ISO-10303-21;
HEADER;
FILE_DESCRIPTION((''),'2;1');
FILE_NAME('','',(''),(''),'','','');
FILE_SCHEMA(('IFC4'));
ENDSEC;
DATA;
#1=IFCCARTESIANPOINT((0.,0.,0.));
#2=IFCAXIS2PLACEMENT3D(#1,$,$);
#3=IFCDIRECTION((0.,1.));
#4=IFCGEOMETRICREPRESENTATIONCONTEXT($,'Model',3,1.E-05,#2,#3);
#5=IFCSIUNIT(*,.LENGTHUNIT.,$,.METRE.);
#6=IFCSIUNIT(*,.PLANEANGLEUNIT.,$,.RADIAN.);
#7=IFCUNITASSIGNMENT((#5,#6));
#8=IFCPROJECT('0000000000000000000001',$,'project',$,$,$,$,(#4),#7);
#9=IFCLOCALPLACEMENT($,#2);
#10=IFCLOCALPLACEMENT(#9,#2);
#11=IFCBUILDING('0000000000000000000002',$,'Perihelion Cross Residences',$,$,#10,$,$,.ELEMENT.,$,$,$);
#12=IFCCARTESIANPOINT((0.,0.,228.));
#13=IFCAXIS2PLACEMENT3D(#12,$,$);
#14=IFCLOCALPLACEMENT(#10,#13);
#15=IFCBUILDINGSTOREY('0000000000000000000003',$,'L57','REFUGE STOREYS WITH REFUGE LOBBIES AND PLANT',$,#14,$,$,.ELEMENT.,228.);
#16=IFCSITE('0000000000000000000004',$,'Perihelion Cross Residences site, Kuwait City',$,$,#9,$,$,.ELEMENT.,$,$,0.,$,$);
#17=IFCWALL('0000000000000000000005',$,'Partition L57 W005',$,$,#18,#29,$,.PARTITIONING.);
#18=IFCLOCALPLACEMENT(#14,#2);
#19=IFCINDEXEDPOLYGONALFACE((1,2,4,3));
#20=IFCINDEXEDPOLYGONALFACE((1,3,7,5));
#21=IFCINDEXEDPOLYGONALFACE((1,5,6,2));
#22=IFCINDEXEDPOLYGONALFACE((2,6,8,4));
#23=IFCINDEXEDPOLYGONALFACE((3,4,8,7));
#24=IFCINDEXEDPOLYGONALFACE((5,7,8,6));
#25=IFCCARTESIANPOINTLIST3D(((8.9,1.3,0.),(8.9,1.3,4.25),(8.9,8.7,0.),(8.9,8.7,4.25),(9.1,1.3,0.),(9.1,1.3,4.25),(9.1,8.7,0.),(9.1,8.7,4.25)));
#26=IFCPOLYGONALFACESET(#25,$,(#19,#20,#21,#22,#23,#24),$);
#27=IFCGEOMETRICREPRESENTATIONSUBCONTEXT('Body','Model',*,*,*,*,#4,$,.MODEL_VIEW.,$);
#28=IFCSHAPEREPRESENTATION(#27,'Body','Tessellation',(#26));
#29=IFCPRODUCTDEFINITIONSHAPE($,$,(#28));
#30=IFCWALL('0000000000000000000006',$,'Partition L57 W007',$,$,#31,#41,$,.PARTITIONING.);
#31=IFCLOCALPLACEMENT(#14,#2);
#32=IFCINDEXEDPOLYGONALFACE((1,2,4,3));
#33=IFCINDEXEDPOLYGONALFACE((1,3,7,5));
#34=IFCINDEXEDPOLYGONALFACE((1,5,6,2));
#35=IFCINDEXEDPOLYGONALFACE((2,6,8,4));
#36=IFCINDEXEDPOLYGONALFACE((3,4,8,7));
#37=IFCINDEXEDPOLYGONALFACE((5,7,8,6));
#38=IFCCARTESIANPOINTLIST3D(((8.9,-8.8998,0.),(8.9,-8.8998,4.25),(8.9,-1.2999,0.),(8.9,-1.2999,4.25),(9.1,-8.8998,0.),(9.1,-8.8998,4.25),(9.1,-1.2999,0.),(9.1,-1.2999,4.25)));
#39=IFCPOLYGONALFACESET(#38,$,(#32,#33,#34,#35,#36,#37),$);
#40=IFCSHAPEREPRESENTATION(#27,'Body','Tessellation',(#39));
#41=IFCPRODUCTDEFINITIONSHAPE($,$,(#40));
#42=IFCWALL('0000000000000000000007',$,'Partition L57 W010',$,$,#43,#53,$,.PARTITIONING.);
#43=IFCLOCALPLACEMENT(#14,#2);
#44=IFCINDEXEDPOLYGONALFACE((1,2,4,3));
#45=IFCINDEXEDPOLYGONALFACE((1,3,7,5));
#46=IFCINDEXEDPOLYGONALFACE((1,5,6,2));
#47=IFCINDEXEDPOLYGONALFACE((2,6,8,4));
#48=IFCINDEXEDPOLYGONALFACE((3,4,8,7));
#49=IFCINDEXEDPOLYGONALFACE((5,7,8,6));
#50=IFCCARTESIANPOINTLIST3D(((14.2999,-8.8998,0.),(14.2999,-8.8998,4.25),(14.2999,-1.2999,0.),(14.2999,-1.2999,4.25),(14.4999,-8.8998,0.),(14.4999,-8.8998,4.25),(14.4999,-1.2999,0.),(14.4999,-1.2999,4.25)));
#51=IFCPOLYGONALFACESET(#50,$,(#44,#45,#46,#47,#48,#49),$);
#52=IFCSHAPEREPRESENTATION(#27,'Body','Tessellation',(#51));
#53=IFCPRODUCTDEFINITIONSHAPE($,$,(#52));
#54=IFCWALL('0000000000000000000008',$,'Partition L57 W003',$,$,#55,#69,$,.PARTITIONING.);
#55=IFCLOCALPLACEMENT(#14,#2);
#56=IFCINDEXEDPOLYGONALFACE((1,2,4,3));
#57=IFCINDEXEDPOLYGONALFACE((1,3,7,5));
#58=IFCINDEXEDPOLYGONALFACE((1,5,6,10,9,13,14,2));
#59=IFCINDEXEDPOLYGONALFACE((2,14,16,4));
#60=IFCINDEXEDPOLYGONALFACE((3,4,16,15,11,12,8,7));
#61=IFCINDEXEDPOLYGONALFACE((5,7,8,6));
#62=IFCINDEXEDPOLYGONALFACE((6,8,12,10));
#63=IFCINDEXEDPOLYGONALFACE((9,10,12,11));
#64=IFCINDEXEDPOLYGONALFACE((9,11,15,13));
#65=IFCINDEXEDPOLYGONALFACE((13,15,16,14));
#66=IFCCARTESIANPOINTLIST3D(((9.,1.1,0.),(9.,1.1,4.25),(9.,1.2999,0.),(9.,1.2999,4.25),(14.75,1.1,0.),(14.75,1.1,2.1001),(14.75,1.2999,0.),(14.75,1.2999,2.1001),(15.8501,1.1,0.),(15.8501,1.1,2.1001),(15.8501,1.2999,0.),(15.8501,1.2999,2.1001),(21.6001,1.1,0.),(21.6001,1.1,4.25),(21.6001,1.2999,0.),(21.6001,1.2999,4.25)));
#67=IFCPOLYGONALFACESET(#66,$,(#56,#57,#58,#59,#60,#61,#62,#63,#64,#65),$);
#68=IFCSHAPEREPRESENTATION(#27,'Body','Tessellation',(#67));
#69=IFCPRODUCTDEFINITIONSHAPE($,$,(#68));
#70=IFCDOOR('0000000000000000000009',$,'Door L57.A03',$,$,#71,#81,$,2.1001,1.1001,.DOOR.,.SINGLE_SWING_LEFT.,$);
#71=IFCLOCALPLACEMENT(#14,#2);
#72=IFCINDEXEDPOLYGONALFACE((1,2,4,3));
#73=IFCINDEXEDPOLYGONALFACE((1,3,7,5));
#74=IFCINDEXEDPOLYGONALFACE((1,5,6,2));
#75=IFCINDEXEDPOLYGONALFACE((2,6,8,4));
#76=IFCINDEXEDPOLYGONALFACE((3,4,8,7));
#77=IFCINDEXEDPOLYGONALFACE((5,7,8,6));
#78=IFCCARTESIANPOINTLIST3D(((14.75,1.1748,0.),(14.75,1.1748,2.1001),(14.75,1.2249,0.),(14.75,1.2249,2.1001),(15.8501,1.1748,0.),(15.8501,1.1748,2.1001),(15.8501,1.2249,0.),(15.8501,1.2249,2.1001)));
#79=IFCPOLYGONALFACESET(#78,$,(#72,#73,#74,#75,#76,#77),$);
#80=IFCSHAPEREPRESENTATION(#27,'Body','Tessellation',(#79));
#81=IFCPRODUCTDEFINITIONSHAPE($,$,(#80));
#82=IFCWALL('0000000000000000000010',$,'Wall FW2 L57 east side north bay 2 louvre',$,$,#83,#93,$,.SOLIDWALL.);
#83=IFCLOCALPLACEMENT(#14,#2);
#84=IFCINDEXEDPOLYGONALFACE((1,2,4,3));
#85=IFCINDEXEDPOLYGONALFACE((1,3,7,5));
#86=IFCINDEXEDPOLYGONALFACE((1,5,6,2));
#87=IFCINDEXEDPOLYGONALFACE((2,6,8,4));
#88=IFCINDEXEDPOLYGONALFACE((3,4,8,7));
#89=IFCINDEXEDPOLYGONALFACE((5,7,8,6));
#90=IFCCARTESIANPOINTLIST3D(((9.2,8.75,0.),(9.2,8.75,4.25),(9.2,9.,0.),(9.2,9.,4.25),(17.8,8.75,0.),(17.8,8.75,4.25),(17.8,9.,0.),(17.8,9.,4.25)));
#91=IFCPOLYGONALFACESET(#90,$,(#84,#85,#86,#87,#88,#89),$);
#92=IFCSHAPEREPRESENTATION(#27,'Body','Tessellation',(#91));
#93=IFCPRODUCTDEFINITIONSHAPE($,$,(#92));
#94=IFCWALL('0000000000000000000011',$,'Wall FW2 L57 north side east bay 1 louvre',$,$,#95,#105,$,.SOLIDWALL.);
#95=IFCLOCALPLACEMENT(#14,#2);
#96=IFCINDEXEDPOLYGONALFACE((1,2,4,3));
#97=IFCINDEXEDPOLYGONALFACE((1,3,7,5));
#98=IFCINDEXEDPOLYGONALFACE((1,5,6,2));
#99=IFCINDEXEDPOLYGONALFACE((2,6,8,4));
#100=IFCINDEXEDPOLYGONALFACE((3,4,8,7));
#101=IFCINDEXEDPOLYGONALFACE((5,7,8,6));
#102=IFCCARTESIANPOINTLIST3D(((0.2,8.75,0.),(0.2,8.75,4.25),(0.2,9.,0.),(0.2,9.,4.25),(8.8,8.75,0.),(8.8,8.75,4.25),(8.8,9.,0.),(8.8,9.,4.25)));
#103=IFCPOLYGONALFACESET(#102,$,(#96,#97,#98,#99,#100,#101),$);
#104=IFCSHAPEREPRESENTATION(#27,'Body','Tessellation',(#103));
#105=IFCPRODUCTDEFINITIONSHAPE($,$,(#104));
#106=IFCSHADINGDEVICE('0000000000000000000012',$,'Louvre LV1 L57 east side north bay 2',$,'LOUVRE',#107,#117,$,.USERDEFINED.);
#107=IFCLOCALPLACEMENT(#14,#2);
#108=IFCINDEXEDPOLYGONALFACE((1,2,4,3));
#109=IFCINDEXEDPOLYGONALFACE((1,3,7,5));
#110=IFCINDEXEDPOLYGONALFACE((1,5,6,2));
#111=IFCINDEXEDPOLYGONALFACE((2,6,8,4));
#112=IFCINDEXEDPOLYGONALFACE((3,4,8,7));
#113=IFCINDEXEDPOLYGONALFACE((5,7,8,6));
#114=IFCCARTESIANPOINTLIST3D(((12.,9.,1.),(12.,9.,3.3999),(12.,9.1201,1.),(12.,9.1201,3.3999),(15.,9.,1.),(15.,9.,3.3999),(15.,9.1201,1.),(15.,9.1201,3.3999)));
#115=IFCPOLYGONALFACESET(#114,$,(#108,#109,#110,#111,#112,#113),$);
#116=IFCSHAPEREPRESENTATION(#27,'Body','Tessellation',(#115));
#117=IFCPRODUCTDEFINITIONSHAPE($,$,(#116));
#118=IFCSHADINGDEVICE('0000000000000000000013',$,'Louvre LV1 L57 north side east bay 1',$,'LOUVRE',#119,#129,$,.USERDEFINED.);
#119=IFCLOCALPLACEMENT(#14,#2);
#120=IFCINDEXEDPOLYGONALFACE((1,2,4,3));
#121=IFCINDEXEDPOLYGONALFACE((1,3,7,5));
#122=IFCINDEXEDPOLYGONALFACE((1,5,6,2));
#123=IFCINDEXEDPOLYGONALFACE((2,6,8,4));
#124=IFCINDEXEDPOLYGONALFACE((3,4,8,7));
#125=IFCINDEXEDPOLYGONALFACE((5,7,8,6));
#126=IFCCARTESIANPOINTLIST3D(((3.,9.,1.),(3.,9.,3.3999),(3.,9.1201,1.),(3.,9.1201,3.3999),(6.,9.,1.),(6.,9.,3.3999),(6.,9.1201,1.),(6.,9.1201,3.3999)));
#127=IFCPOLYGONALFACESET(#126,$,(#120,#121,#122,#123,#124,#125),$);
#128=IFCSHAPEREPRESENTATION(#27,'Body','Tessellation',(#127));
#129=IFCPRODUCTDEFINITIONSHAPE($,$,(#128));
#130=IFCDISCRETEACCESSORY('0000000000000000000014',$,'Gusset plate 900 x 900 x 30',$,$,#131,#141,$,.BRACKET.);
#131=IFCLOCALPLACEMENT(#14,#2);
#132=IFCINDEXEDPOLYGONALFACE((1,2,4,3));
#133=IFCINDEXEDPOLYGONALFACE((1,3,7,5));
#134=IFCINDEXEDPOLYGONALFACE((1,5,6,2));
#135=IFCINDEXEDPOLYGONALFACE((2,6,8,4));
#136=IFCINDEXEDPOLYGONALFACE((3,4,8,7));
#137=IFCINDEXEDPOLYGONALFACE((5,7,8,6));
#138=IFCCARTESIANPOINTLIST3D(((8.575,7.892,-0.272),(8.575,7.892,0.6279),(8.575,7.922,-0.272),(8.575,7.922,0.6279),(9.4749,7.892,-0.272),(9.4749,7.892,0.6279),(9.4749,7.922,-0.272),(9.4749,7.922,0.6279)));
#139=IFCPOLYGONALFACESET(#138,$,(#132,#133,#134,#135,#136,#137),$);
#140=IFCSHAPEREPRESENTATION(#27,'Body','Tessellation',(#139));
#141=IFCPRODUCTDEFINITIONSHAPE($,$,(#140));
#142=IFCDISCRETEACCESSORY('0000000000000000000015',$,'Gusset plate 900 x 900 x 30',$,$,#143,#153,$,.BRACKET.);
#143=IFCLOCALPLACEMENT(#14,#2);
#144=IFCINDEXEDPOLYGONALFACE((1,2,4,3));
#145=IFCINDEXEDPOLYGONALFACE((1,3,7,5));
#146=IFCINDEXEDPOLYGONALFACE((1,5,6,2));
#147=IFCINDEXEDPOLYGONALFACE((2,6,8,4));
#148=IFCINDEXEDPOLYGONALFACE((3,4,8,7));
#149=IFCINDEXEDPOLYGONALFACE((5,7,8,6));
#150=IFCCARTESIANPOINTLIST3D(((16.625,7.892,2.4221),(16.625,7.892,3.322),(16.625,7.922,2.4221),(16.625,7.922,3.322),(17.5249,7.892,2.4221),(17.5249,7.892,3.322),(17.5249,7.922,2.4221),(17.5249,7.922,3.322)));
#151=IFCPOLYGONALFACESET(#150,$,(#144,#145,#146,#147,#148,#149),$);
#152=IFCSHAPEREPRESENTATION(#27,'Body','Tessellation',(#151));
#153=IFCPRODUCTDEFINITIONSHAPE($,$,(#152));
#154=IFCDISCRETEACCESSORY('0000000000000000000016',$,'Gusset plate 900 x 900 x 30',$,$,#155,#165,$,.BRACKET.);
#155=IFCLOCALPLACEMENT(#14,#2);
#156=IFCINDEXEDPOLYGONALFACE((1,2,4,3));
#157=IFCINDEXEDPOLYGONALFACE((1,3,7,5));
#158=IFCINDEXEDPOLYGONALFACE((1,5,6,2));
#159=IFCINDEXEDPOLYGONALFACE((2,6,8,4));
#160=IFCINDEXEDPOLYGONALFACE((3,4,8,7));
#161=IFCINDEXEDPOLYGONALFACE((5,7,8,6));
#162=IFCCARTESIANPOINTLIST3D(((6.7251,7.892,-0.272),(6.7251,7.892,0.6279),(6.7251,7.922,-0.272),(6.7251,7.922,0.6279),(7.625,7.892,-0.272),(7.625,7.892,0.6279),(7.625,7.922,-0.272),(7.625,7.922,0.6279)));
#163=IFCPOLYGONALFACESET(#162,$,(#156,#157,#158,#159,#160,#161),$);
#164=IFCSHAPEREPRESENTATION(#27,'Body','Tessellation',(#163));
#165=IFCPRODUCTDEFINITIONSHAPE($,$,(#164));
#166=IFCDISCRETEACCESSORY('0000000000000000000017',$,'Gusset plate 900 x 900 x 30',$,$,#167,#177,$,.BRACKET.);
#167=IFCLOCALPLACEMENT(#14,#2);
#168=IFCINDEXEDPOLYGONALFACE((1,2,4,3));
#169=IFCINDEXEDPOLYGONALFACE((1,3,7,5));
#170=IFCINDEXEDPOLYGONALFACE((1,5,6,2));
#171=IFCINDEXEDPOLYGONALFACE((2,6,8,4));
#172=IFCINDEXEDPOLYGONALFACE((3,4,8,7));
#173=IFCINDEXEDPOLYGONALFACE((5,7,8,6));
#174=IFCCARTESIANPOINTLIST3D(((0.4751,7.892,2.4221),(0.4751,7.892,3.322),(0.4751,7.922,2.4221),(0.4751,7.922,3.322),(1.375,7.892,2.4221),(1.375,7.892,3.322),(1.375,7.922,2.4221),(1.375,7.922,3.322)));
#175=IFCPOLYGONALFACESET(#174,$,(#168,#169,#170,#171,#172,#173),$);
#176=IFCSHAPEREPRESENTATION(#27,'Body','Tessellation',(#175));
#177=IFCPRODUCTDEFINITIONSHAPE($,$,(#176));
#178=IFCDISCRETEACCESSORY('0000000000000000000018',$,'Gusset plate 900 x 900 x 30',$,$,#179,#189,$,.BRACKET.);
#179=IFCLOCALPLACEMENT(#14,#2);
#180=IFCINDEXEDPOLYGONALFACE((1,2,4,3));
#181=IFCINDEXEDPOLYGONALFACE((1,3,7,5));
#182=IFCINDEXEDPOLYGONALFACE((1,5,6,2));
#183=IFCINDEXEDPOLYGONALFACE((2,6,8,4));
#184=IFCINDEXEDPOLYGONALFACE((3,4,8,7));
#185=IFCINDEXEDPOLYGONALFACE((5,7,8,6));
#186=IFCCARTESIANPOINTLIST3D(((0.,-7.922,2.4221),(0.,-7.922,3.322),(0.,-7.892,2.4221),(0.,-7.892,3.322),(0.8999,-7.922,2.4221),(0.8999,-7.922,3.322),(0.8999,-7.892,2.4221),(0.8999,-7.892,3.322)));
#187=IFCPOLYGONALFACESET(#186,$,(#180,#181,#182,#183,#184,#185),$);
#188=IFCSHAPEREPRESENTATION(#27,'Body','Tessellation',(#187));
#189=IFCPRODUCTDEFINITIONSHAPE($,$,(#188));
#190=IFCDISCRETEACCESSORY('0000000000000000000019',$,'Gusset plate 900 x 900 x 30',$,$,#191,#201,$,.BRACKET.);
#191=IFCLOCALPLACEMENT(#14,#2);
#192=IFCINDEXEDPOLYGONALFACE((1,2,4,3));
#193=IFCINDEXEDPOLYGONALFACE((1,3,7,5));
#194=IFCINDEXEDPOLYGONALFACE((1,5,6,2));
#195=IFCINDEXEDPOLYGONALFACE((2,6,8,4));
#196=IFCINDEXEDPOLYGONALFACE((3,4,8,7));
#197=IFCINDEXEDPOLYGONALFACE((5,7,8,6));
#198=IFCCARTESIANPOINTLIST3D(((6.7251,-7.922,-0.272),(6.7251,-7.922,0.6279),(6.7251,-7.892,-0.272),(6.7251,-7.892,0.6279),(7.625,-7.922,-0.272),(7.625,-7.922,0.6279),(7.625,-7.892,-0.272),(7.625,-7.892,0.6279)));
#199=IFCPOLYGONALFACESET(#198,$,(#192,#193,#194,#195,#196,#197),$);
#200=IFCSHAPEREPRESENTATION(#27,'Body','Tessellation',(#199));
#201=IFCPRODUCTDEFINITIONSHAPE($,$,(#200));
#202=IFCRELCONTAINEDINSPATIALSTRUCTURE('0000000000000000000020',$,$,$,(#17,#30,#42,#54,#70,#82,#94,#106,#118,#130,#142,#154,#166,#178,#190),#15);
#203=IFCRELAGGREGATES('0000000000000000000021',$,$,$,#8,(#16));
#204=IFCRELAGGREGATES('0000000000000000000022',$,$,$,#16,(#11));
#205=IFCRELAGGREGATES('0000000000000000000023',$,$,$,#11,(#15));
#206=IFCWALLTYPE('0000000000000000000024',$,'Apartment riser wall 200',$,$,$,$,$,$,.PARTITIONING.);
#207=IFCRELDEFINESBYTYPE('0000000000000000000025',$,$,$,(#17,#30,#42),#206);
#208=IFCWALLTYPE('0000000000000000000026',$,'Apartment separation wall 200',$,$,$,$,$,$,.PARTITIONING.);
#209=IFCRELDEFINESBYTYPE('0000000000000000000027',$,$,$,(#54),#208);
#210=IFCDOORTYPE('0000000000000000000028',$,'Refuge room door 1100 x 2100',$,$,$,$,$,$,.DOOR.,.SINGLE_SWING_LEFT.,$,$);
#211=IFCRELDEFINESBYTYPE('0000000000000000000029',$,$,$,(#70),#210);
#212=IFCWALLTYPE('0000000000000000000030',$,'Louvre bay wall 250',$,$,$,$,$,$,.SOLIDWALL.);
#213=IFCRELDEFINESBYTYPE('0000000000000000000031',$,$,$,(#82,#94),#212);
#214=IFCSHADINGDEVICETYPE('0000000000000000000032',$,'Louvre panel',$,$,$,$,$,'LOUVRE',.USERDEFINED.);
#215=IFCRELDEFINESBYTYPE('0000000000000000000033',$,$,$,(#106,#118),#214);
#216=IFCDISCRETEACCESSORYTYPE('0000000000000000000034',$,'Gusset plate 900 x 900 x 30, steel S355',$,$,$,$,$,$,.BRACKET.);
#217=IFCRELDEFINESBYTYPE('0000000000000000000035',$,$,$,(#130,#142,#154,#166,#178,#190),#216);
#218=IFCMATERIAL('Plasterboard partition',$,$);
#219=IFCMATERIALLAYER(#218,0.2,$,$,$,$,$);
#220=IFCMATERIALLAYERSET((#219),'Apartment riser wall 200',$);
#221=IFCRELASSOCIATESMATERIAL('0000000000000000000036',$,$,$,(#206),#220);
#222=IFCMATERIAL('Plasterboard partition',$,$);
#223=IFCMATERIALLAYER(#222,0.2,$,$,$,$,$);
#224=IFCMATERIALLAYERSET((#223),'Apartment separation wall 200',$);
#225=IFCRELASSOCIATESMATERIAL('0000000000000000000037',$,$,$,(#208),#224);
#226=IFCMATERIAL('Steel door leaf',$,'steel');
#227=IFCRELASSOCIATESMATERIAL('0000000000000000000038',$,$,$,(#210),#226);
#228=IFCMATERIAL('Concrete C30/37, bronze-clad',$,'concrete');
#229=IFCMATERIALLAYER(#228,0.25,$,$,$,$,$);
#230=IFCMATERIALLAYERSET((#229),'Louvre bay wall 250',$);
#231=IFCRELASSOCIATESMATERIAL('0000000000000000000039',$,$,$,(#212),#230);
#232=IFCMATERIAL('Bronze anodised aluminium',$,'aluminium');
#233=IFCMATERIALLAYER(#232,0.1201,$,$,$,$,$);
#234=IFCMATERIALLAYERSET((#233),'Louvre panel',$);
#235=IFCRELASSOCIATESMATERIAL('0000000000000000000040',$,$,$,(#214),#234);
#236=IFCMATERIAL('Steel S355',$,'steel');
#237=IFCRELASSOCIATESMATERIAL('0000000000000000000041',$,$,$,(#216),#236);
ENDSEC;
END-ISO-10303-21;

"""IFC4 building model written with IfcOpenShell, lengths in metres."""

from ifc_helpers import new_model, si_unit, direction, frame, frame_2d, origin, origin_2d, place, context, subcontext, project, spatial, rectangle, extrude, material, layer, layer_set, type_object, element, fill, save


model = new_model("IFC4")

# Units and contexts
model_context = context("Model", 3, precision=1e-05, world=origin(), true_north=direction((0.0, 1.0)))
body_context = subcontext(model_context, "Body", "Model", "MODEL_VIEW")
ifc_project = project(units=[si_unit("LENGTHUNIT", "METRE"), si_unit("PLANEANGLEUNIT", "RADIAN")], contexts=[model_context])

# Site, building, storey
site_placement = place(None, origin())
site = spatial("IfcSite", under=ifc_project, at=site_placement, Name="Perihelion Cross Residences site, Kuwait City", CompositionType="ELEMENT", RefElevation=0.0)
building_placement = place(site_placement, origin())
building = spatial("IfcBuilding", under=site, at=building_placement, Name="Perihelion Cross Residences", CompositionType="ELEMENT")
storey_placement = place(building_placement, frame((0.0, 0.0, 228.0)))
storey = spatial("IfcBuildingStorey", under=building, at=storey_placement, Name="L57", Description="REFUGE STOREYS WITH REFUGE LOBBIES AND PLANT", CompositionType="ELEMENT", Elevation=228.0)

# Walls
ifc_material_1 = material(Name="Plasterboard partition")
ifc_layer_1 = layer(ifc_material_1, 0.2)
ifc_layer_set_1 = layer_set([ifc_layer_1], Name="Apartment riser wall 200")
wall_type_1 = type_object("IfcWallType", Name="Apartment riser wall 200", PredefinedType="PARTITIONING", material=ifc_layer_set_1)
wall_1_placement = place(storey_placement, frame((9.0, 8.7, 0.0), z_axis=(0.0, 0.0, 1.0), x_axis=(0.0, -1.0, 0.0)))
element("IfcWall", 1, at=wall_1_placement, inside=storey, type_object=wall_type_1, Name="Partition L57 W005", PredefinedType="PARTITIONING", context=body_context, shape_type="SweptSolid", body=[
    extrude(rectangle(XDim=7.3999, YDim=0.2, at=frame_2d((3.7, 0.0))), origin(), (0.0, 0.0, 1.0), 4.25),
])
for number, where, z_axis, x_axis, name in (
    (2, (9.0, -1.3, 0.0), (0.0, 0.0, 1.0), (0.0, -1.0, 0.0), "Partition L57 W007"),
    (3, (14.3999, -1.3, 0.0), (0.0, 0.0, 1.0), (0.0, -1.0, 0.0), "Partition L57 W010"),
):
    element("IfcWall", number, at=place(storey_placement, frame(where, z_axis=z_axis, x_axis=x_axis)), inside=storey, type_object=wall_type_1, Name=name, PredefinedType="PARTITIONING", context=body_context, shape_type="SweptSolid", body=[
        extrude(rectangle(XDim=7.5999, YDim=0.2, at=frame_2d((3.7998, 0.0))), origin(), (0.0, 0.0, 1.0), 4.25),
    ])

# Wall, opening, door
ifc_material_2 = material(Name="Plasterboard partition")
ifc_layer_2 = layer(ifc_material_2, 0.2)
ifc_layer_set_2 = layer_set([ifc_layer_2], Name="Apartment separation wall 200")
wall_type_2 = type_object("IfcWallType", Name="Apartment separation wall 200", PredefinedType="PARTITIONING", material=ifc_layer_set_2)
wall_2_placement = place(storey_placement, frame((9.0, 1.2, 0.0), z_axis=(0.0, 0.0, 1.0), x_axis=(1.0, 0.0, 0.0)))
wall_2 = element("IfcWall", 4, at=wall_2_placement, inside=storey, type_object=wall_type_2, Name="Partition L57 W003", PredefinedType="PARTITIONING", context=body_context, shape_type="SweptSolid", body=[
    extrude(rectangle(XDim=12.6001, YDim=0.2, at=frame_2d((6.3, 0.0))), origin(), (0.0, 0.0, 1.0), 4.25),
])
opening_placement = place(wall_2_placement, frame((5.75, 0.0, 0.0)))
opening = element("IfcOpeningElement", 5, at=opening_placement, cuts=wall_2, PredefinedType="OPENING", context=body_context, shape_type="SweptSolid", body=[
    extrude(rectangle(XDim=1.1001, YDim=2.1001, at=frame_2d((0.55, 1.05))), frame((0.0, 0.1099, 0.0), z_axis=(0.0, -1.0, 0.0), x_axis=(1.0, 0.0, 0.0)), (0.0, 0.0, 1.0), 0.22),
])
ifc_material_3 = material(Name="Steel door leaf", Category="steel")
door_type = type_object("IfcDoorType", Name="Refuge room door 1100 x 2100", OperationType="SINGLE_SWING_LEFT", PredefinedType="DOOR", material=ifc_material_3)
door_placement = place(opening_placement, origin())
door = element("IfcDoor", 6, at=door_placement, inside=storey, type_object=door_type, Name="Door L57.A03", OperationType="SINGLE_SWING_LEFT", OverallHeight=2.1001, OverallWidth=1.1001, PredefinedType="DOOR", context=body_context, shape_type="SweptSolid", body=[
    extrude(rectangle(XDim=1.1001, YDim=2.1001, at=frame_2d((0.55, 1.05))), frame((0.0, 0.0249, 0.0), z_axis=(0.0, -1.0, 0.0), x_axis=(1.0, 0.0, 0.0)), (0.0, 0.0, 1.0), 0.05),
])
fill(opening, door)

# Walls
ifc_material_4 = material(Name="Concrete C30/37, bronze-clad", Category="concrete")
ifc_layer_3 = layer(ifc_material_4, 0.25)
ifc_layer_set_3 = layer_set([ifc_layer_3], Name="Louvre bay wall 250")
wall_type_3 = type_object("IfcWallType", Name="Louvre bay wall 250", PredefinedType="SOLIDWALL", material=ifc_layer_set_3)
for number, where, z_axis, x_axis, name in (
    (7, (17.8, 8.875, 0.0), (0.0, 0.0, 1.0), (-1.0, 0.0, 0.0), "Wall FW2 L57 east side north bay 2 louvre"),
    (8, (8.8, 8.875, 0.0), (0.0, 0.0, 1.0), (-1.0, 0.0, 0.0), "Wall FW2 L57 north side east bay 1 louvre"),
):
    element("IfcWall", number, at=place(storey_placement, frame(where, z_axis=z_axis, x_axis=x_axis)), inside=storey, type_object=wall_type_3, Name=name, PredefinedType="SOLIDWALL", context=body_context, shape_type="SweptSolid", body=[
        extrude(rectangle(XDim=8.6001, YDim=0.25, at=frame_2d((4.3, 0.0))), origin(), (0.0, 0.0, 1.0), 4.25),
    ])

# Shading devices
ifc_material_5 = material(Name="Bronze anodised aluminium", Category="aluminium")
ifc_layer_4 = layer(ifc_material_5, 0.1201)
ifc_layer_set_4 = layer_set([ifc_layer_4], Name="Louvre panel")
shading_device_type = type_object("IfcShadingDeviceType", Name="Louvre panel", ElementType="LOUVRE", PredefinedType="USERDEFINED", material=ifc_layer_set_4)
for number, where, z_axis, x_axis, name in (
    (9, (13.5, 9.0601, 1.0), (0.0, 0.0, 1.0), (-1.0, 0.0, 0.0), "Louvre LV1 L57 east side north bay 2"),
    (10, (4.5, 9.0601, 1.0), (0.0, 0.0, 1.0), (-1.0, 0.0, 0.0), "Louvre LV1 L57 north side east bay 1"),
):
    element("IfcShadingDevice", number, at=place(storey_placement, frame(where, z_axis=z_axis, x_axis=x_axis)), inside=storey, type_object=shading_device_type, Name=name, ObjectType="LOUVRE", PredefinedType="USERDEFINED", context=body_context, shape_type="SweptSolid", body=[
        extrude(rectangle(XDim=3.0, YDim=0.1201, at=origin_2d()), origin(), (0.0, 0.0, 1.0), 2.3999),
    ])

# Discrete accessories
ifc_material_6 = material(Name="Steel S355", Category="steel")
discrete_accessory_type = type_object("IfcDiscreteAccessoryType", Name="Gusset plate 900 x 900 x 30, steel S355", PredefinedType="BRACKET", material=ifc_material_6)
for number, where, z_axis, x_axis, name in (
    (11, (9.0249, 7.907, -0.272), (0.0, 0.0, 1.0), (1.0, 0.0, 0.0), "Gusset plate 900 x 900 x 30"),
    (12, (17.075, 7.907, 2.4221), (0.0, 0.0, 1.0), (-1.0, 0.0, 0.0), "Gusset plate 900 x 900 x 30"),
    (13, (7.175, 7.907, -0.272), (0.0, 0.0, 1.0), (-1.0, 0.0, 0.0), "Gusset plate 900 x 900 x 30"),
    (14, (0.925, 7.907, 2.4221), (0.0, 0.0, 1.0), (1.0, 0.0, 0.0), "Gusset plate 900 x 900 x 30"),
    (15, (0.45, -7.907, 2.4221), (0.0, 0.0, 1.0), (1.0, 0.0, 0.0), "Gusset plate 900 x 900 x 30"),
    (16, (7.175, -7.907, -0.272), (0.0, 0.0, 1.0), (-1.0, 0.0, 0.0), "Gusset plate 900 x 900 x 30"),
):
    element("IfcDiscreteAccessory", number, at=place(storey_placement, frame(where, z_axis=z_axis, x_axis=x_axis)), inside=storey, type_object=discrete_accessory_type, Name=name, PredefinedType="BRACKET", context=body_context, shape_type="SweptSolid", body=[
        extrude(rectangle(XDim=0.8999, YDim=0.03, at=origin_2d()), origin(), (0.0, 0.0, 1.0), 0.8999),
    ])

save(model, "model.ifc")
